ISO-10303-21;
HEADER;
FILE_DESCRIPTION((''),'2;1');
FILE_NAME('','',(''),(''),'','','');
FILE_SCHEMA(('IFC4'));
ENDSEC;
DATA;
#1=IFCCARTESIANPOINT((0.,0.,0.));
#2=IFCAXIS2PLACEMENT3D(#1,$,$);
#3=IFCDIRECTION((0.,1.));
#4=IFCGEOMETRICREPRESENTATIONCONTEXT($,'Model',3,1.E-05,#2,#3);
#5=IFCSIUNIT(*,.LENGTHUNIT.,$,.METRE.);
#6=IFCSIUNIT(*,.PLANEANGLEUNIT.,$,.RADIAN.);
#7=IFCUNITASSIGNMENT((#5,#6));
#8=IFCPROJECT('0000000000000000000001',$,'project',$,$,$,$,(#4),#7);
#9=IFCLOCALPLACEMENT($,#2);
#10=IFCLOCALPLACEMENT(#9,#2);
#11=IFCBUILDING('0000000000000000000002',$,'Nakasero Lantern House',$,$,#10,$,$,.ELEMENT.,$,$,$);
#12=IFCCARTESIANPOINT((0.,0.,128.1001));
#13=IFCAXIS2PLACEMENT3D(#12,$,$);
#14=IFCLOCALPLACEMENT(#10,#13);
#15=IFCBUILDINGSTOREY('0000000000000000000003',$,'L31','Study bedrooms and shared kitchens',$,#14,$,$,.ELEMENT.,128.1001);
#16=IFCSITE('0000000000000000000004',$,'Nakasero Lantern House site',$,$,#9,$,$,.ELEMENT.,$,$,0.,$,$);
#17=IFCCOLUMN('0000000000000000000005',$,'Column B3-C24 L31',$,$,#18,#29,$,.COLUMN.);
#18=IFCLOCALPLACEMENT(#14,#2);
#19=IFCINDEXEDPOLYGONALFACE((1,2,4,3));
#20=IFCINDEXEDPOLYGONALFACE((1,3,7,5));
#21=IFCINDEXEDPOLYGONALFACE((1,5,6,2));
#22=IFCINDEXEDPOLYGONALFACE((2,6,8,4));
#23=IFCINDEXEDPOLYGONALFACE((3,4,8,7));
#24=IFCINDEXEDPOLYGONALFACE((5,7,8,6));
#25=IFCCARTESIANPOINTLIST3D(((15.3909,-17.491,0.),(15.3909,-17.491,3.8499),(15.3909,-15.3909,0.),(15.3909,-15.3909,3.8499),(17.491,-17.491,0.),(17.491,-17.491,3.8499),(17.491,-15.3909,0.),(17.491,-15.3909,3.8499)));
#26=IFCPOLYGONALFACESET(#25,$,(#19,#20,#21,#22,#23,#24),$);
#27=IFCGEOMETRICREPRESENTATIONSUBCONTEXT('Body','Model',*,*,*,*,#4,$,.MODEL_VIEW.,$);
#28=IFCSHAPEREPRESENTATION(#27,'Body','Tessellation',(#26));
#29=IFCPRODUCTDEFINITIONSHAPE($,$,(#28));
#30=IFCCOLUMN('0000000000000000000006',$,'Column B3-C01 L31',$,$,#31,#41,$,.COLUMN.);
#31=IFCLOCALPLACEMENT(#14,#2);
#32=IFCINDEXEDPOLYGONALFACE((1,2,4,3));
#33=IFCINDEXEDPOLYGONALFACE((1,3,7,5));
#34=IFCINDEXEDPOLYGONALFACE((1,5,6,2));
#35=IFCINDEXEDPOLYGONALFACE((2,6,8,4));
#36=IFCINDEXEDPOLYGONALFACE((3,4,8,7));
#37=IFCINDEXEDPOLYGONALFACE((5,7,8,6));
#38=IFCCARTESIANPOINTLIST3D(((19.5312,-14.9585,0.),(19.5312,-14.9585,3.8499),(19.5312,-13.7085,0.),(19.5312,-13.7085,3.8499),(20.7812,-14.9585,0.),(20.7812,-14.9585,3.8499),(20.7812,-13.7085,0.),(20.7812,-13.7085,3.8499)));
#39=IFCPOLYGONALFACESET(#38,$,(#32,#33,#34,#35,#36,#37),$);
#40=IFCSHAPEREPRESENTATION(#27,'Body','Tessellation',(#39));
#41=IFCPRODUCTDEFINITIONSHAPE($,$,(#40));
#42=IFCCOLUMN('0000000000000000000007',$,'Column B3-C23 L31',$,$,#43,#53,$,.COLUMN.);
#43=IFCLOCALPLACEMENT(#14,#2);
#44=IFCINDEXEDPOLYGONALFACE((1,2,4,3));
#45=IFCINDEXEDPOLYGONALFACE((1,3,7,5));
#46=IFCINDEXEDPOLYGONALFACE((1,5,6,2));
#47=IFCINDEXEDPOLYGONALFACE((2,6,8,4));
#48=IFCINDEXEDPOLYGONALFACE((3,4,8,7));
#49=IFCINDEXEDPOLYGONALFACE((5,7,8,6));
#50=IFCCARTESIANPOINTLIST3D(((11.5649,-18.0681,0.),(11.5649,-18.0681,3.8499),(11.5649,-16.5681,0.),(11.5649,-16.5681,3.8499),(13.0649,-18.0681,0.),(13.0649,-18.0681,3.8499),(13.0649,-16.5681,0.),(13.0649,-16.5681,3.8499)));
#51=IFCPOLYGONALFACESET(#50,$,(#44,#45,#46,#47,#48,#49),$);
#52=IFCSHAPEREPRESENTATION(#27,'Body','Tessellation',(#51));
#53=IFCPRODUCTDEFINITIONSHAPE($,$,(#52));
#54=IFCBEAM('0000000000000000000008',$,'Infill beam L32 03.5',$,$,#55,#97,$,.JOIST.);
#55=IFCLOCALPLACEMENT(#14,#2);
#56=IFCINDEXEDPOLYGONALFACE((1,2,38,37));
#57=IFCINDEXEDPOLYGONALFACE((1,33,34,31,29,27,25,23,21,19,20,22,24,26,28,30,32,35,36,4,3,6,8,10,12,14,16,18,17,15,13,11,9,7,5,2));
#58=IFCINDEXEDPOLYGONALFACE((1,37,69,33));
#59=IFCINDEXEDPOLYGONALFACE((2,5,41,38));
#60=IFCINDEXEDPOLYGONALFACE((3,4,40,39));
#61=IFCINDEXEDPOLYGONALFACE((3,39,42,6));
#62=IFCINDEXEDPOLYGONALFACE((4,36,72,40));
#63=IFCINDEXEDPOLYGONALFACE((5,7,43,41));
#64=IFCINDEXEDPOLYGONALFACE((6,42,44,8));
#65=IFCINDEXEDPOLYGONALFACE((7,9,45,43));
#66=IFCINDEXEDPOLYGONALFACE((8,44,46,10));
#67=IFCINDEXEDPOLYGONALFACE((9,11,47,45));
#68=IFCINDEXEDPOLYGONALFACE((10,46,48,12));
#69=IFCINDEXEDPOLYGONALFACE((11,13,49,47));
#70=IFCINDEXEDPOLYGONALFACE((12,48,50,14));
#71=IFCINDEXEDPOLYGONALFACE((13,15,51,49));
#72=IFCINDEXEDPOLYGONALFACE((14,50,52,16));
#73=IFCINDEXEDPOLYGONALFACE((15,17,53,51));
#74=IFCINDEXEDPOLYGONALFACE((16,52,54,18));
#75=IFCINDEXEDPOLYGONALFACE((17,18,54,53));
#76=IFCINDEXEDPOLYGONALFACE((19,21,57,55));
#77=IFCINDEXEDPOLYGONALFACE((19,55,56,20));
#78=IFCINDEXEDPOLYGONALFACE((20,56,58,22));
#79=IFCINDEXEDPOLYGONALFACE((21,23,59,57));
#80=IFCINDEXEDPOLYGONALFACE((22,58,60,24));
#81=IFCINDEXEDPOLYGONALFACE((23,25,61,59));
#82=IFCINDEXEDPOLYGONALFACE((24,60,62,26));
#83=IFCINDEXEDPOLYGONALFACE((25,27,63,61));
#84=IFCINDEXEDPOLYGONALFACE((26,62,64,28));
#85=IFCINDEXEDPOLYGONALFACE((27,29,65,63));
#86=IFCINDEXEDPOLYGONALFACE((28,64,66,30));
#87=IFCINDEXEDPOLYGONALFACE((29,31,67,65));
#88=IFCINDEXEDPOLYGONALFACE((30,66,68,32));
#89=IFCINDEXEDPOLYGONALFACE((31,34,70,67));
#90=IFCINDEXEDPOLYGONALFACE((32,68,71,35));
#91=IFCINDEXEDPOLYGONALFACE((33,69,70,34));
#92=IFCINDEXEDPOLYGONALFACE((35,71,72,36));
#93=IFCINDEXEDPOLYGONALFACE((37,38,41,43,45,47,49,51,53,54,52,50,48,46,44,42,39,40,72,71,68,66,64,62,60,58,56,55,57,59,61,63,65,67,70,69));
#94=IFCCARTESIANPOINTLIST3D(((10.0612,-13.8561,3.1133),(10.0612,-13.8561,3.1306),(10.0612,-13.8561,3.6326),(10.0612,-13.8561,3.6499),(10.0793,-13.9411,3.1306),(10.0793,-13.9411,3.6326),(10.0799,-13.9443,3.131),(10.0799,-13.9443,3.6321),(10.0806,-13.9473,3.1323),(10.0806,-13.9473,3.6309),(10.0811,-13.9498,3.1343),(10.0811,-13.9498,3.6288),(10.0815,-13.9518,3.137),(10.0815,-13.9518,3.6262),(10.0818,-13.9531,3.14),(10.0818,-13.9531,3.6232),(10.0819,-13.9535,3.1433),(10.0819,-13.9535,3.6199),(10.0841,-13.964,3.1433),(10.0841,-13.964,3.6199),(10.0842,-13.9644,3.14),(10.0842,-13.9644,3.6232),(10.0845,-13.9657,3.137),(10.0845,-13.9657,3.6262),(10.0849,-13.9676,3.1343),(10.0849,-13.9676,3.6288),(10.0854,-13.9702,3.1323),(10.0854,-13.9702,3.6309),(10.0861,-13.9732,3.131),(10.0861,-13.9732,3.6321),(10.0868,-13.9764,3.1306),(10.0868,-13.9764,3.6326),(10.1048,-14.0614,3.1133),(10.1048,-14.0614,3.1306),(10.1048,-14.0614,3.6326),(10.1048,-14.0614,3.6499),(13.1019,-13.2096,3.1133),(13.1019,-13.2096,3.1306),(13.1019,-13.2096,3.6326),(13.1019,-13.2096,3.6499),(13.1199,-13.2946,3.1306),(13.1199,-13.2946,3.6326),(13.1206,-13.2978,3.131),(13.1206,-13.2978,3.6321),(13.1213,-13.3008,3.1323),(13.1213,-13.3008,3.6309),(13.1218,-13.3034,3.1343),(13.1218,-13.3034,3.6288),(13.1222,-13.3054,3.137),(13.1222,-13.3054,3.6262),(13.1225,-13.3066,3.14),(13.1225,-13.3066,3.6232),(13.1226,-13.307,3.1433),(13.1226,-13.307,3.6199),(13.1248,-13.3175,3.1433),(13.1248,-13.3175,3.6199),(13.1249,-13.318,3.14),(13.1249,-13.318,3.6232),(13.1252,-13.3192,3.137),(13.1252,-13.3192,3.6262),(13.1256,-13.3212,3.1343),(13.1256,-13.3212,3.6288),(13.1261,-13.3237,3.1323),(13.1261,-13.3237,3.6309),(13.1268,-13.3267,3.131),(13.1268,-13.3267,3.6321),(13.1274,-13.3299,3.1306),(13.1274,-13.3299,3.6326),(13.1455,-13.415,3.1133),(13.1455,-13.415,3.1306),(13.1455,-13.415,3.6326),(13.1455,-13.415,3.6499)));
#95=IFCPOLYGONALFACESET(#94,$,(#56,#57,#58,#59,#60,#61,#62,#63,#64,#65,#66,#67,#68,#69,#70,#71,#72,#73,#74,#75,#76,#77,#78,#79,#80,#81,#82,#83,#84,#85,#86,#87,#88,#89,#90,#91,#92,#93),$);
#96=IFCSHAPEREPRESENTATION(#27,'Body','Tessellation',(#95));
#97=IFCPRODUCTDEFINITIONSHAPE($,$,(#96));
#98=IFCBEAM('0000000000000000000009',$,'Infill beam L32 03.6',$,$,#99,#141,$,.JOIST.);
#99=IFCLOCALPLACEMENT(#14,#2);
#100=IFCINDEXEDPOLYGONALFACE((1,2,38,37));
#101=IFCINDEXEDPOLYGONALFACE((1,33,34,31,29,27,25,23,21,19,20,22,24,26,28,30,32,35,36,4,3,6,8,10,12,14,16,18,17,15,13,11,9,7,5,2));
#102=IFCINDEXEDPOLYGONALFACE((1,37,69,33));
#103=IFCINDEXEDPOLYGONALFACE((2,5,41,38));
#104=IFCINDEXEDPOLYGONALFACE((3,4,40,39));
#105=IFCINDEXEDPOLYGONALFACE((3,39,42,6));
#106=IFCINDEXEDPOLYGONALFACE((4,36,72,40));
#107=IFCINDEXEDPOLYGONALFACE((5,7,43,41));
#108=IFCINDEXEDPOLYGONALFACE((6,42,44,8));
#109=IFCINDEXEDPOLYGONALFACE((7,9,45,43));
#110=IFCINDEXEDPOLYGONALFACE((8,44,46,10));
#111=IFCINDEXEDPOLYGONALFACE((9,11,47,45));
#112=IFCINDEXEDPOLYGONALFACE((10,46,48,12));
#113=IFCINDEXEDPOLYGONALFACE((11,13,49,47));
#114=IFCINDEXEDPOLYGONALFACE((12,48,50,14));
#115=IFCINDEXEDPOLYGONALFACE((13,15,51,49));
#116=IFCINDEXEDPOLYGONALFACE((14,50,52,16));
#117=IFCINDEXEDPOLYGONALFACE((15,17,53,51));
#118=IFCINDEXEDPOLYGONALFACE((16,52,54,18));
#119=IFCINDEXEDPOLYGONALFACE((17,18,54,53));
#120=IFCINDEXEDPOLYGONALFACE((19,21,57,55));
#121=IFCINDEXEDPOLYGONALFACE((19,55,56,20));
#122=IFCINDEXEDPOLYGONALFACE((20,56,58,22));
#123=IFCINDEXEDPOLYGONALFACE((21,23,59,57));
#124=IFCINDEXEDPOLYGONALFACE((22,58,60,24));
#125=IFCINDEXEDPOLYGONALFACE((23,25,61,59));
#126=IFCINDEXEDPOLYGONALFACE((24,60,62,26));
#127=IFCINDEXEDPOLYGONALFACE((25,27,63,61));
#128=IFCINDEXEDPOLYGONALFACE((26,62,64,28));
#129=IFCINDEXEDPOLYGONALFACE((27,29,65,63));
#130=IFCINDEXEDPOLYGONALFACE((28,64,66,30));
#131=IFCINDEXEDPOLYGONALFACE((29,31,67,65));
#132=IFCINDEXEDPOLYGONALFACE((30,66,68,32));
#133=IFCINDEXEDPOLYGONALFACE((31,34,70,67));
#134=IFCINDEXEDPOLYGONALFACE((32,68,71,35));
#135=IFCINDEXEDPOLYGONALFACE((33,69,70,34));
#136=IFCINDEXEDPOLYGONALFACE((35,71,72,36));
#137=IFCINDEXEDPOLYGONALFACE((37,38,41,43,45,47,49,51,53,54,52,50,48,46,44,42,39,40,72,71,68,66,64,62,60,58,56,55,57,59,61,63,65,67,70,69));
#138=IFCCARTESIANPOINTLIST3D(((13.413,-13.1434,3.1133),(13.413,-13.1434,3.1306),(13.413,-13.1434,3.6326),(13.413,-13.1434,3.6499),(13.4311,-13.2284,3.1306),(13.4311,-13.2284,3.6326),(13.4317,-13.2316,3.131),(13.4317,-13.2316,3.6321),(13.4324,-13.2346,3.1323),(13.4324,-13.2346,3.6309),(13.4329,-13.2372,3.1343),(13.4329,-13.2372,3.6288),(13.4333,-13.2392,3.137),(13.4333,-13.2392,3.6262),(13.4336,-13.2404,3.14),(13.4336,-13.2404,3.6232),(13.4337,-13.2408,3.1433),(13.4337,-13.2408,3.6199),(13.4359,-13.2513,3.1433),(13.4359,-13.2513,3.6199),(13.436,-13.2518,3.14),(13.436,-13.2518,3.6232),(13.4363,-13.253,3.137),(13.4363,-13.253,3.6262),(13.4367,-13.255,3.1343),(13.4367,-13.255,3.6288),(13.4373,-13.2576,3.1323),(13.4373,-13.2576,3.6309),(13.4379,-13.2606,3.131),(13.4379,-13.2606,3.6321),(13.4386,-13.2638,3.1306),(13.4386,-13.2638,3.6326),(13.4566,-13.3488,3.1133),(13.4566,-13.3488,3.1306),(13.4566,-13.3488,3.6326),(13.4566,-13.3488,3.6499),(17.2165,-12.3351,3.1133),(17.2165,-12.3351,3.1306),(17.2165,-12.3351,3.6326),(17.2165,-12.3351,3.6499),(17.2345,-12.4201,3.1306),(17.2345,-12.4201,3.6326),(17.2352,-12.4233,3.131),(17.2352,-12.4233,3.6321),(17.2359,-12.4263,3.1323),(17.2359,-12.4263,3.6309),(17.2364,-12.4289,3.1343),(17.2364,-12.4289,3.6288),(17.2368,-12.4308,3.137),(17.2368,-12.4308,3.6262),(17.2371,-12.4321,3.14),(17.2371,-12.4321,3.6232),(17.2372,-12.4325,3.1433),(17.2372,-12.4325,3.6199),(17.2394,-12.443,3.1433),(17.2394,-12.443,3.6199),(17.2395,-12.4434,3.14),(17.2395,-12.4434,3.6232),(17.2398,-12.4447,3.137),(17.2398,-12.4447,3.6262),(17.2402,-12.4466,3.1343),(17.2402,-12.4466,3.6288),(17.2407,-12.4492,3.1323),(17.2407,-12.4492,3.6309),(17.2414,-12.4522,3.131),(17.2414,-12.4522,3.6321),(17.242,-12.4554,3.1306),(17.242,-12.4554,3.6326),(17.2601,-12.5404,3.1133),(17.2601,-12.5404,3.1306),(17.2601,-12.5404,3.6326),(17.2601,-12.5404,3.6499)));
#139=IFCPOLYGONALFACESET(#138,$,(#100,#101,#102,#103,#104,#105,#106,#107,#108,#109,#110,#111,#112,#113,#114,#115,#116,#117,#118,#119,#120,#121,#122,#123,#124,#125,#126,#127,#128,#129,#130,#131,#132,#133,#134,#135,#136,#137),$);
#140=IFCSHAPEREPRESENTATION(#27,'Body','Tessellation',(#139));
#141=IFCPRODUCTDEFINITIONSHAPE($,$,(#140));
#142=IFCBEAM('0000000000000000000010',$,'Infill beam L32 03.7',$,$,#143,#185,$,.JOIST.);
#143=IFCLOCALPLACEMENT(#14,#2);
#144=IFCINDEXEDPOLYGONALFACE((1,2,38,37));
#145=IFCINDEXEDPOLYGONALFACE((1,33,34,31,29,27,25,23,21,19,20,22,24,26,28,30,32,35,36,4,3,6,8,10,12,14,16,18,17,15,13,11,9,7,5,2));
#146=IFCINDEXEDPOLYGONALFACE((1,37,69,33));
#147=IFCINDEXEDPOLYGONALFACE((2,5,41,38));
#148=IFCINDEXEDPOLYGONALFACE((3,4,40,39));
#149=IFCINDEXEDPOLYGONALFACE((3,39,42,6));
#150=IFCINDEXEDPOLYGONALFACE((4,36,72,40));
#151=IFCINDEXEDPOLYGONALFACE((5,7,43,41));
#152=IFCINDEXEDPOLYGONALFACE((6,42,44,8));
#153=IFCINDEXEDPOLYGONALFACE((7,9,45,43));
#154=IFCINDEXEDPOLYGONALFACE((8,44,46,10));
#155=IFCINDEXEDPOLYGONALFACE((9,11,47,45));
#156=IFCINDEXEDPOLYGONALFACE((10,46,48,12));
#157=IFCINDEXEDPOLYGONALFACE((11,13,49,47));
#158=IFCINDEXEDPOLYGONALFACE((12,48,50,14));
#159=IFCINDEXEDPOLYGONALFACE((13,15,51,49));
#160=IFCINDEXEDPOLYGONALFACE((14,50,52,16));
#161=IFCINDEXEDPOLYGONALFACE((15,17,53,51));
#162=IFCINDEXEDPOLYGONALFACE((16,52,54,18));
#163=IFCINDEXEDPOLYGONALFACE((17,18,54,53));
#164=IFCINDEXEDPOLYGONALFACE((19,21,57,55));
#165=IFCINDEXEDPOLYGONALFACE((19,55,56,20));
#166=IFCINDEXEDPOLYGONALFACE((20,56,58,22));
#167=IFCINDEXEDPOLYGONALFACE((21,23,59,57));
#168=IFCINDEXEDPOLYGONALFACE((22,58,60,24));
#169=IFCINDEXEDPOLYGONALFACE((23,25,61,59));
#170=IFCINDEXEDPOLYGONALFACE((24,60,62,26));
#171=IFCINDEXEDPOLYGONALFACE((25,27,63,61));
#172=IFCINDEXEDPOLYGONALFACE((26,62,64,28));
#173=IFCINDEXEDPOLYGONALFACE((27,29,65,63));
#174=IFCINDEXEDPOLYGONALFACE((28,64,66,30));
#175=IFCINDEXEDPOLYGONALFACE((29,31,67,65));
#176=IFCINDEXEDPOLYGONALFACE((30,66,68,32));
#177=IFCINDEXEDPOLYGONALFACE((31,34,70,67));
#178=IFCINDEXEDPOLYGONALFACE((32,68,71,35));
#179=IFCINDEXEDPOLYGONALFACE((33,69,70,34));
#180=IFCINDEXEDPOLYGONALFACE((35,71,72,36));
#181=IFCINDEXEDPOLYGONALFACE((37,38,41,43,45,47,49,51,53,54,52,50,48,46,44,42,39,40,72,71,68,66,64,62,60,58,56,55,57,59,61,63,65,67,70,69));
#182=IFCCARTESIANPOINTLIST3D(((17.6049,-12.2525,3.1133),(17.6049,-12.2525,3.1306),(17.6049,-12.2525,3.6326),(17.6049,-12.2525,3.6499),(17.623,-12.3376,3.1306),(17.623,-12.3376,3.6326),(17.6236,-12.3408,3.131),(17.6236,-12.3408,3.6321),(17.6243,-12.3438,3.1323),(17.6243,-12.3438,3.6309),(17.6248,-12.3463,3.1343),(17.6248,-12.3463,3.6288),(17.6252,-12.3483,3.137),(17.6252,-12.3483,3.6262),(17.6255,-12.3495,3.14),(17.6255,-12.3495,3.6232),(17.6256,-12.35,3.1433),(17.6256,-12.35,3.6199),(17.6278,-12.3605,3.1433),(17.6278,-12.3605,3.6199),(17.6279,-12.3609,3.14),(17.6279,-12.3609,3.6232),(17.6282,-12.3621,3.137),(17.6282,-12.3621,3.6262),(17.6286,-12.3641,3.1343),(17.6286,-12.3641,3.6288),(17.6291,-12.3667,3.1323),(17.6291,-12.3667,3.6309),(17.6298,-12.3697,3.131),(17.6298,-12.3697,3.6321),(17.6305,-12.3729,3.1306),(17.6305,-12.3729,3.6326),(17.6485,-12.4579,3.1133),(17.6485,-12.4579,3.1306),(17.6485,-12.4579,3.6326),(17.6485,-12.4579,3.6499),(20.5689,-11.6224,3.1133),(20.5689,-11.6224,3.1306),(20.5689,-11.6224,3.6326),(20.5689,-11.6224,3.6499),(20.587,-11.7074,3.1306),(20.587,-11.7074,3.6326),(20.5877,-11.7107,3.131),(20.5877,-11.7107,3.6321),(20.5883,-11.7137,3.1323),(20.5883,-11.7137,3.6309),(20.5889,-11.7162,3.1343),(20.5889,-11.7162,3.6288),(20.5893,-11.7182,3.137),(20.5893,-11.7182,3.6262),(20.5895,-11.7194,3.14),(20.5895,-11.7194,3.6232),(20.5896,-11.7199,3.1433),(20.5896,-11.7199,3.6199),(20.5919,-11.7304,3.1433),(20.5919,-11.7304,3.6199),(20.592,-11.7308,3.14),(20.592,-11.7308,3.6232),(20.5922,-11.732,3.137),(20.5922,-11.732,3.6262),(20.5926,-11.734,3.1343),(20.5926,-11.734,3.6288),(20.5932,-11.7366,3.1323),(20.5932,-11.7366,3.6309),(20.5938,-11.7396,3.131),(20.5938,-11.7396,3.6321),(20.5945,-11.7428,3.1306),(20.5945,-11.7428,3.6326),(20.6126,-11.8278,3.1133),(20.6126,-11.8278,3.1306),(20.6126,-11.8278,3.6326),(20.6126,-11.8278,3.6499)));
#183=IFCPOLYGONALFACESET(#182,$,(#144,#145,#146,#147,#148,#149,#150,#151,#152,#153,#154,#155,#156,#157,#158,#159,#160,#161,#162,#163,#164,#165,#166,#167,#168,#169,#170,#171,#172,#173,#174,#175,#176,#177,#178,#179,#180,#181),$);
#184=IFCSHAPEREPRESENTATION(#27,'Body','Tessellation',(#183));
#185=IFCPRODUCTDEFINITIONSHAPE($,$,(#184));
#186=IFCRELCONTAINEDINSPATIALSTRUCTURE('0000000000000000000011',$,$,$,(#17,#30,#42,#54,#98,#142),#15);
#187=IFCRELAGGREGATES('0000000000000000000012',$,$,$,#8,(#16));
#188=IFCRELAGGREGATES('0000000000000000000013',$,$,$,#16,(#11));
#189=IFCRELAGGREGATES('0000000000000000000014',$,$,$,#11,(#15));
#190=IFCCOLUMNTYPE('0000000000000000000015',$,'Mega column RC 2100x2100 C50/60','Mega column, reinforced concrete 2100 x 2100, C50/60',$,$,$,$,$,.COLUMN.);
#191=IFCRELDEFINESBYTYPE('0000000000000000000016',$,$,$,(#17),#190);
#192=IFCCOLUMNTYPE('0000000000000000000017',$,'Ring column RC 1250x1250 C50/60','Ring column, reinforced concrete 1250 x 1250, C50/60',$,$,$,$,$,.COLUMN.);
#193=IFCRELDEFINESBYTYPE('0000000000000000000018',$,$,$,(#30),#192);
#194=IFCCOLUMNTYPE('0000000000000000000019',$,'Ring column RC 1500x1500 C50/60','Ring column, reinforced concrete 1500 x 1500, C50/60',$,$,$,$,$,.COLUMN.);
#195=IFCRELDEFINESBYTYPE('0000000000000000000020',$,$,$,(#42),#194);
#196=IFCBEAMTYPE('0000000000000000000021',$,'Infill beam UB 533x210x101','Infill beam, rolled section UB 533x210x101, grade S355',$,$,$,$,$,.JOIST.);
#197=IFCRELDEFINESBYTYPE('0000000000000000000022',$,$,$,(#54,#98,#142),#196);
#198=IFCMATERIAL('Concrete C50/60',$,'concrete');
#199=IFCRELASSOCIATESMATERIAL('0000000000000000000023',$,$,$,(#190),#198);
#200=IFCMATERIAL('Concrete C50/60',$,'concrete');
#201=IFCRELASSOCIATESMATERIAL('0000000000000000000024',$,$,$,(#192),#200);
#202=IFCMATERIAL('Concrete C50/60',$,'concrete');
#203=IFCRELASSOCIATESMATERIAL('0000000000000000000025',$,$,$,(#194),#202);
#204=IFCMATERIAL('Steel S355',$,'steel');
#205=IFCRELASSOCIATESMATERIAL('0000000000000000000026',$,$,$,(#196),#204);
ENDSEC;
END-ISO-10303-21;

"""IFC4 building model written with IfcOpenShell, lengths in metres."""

from ifc_helpers import new_model, si_unit, direction, frame, origin, origin_2d, place, context, subcontext, project, spatial, rectangle, i_section, extrude, material, material_profile, profile_set, type_object, element, save


model = new_model("IFC4")

# Units and contexts
model_context = context("Model", 3, precision=1e-05, world=origin(), true_north=direction((0.0, 1.0)))
body_context = subcontext(model_context, "Body", "Model", "MODEL_VIEW")
ifc_project = project(units=[si_unit("LENGTHUNIT", "METRE"), si_unit("PLANEANGLEUNIT", "RADIAN")], contexts=[model_context])

# Site, building, storey
site_placement = place(None, origin())
site = spatial("IfcSite", under=ifc_project, at=site_placement, Name="Nakasero Lantern House site", CompositionType="ELEMENT", RefElevation=0.0)
building_placement = place(site_placement, origin())
building = spatial("IfcBuilding", under=site, at=building_placement, Name="Nakasero Lantern House", CompositionType="ELEMENT")
storey_placement = place(building_placement, frame((0.0, 0.0, 128.1001)))
storey = spatial("IfcBuildingStorey", under=building, at=storey_placement, Name="L31", Description="Study bedrooms and shared kitchens", CompositionType="ELEMENT", Elevation=128.1001)

# Columns
ifc_material_1 = material(Name="Concrete C50/60", Category="concrete")
ifc_material_profile_1 = material_profile(ifc_material_1, rectangle(XDim=2.1001, YDim=2.1001, at=origin_2d()), Name="RC 2100x2100")
ifc_profile_set_1 = profile_set([ifc_material_profile_1], Name="Concrete C50/60")
column_type_1 = type_object("IfcColumnType", Name="Mega column RC 2100x2100 C50/60", Description="Mega column, reinforced concrete 2100 x 2100, C50/60", PredefinedType="COLUMN", material=ifc_profile_set_1)
column_1_placement = place(storey_placement, frame((16.4409, -16.4409, 0.0), z_axis=(0.0, 0.0, 1.0), x_axis=(1.0, 0.0, 0.0)))
element("IfcColumn", 1, at=column_1_placement, inside=storey, type_object=column_type_1, Name="Column B3-C24 L31", PredefinedType="COLUMN", context=body_context, shape_type="SweptSolid", body=[
    extrude(rectangle(XDim=2.1001, YDim=2.1001, at=origin_2d()), origin(), (0.0, 0.0, 1.0), 3.8499),
])
ifc_material_2 = material(Name="Concrete C50/60", Category="concrete")
ifc_material_profile_2 = material_profile(ifc_material_2, rectangle(XDim=1.25, YDim=1.25, at=origin_2d()), Name="RC 1250x1250")
ifc_profile_set_2 = profile_set([ifc_material_profile_2], Name="Concrete C50/60")
column_type_2 = type_object("IfcColumnType", Name="Ring column RC 1250x1250 C50/60", Description="Ring column, reinforced concrete 1250 x 1250, C50/60", PredefinedType="COLUMN", material=ifc_profile_set_2)
column_2_placement = place(storey_placement, frame((20.1562, -14.3335, 0.0), z_axis=(0.0, 0.0, 1.0), x_axis=(1.0, 0.0, 0.0)))
element("IfcColumn", 2, at=column_2_placement, inside=storey, type_object=column_type_2, Name="Column B3-C01 L31", PredefinedType="COLUMN", context=body_context, shape_type="SweptSolid", body=[
    extrude(rectangle(XDim=1.25, YDim=1.25, at=origin_2d()), origin(), (0.0, 0.0, 1.0), 3.8499),
])
ifc_material_3 = material(Name="Concrete C50/60", Category="concrete")
ifc_material_profile_3 = material_profile(ifc_material_3, rectangle(XDim=1.5, YDim=1.5, at=origin_2d()), Name="RC 1500x1500")
ifc_profile_set_3 = profile_set([ifc_material_profile_3], Name="Concrete C50/60")
column_type_3 = type_object("IfcColumnType", Name="Ring column RC 1500x1500 C50/60", Description="Ring column, reinforced concrete 1500 x 1500, C50/60", PredefinedType="COLUMN", material=ifc_profile_set_3)
column_3_placement = place(storey_placement, frame((12.3149, -17.3181, 0.0), z_axis=(0.0, 0.0, 1.0), x_axis=(1.0, 0.0, 0.0)))
element("IfcColumn", 3, at=column_3_placement, inside=storey, type_object=column_type_3, Name="Column B3-C23 L31", PredefinedType="COLUMN", context=body_context, shape_type="SweptSolid", body=[
    extrude(rectangle(XDim=1.5, YDim=1.5, at=origin_2d()), origin(), (0.0, 0.0, 1.0), 3.8499),
])

# Beams
ifc_material_4 = material(Name="Steel S355", Category="steel")
ifc_material_profile_4 = material_profile(ifc_material_4, i_section(OverallWidth=0.21, OverallDepth=0.5366, WebThickness=0.0107, FlangeThickness=0.0173, FilletRadius=0.0127, at=origin_2d()), Name="UB 533x210x101")
ifc_profile_set_4 = profile_set([ifc_material_profile_4], Name="Steel S355")
beam_type_1 = type_object("IfcBeamType", Name="Infill beam UB 533x210x101", Description="Infill beam, rolled section UB 533x210x101, grade S355", PredefinedType="JOIST", material=ifc_profile_set_4)
beam_1_placement = place(storey_placement, frame((10.083, -13.9587, 3.3816), z_axis=(0.978138, 0.207957, 0.0), x_axis=(-0.207957, 0.978138, 0.0)))
element("IfcBeam", 4, at=beam_1_placement, inside=storey, type_object=beam_type_1, Name="Infill beam L32 03.5", PredefinedType="JOIST", context=body_context, shape_type="SweptSolid", body=[
    extrude(i_section(OverallWidth=0.21, OverallDepth=0.5366, WebThickness=0.0107, FlangeThickness=0.0173, FilletRadius=0.0127, at=origin_2d()), origin(), (0.0, 0.0, 1.0), 3.1086),
])
beam_2_placement = place(storey_placement, frame((13.4348, -13.2461, 3.3816), z_axis=(0.978153, 0.207887, 0.0), x_axis=(-0.207887, 0.978153, 0.0)))
element("IfcBeam", 5, at=beam_2_placement, inside=storey, type_object=beam_type_1, Name="Infill beam L32 03.6", PredefinedType="JOIST", context=body_context, shape_type="SweptSolid", body=[
    extrude(i_section(OverallWidth=0.21, OverallDepth=0.5366, WebThickness=0.0107, FlangeThickness=0.0173, FilletRadius=0.0127, at=origin_2d()), origin(), (0.0, 0.0, 1.0), 3.8884),
])
beam_3_placement = place(storey_placement, frame((17.6267, -12.3552, 3.3816), z_axis=(0.978142, 0.207939, 0.0), x_axis=(-0.207939, 0.978142, 0.0)))
element("IfcBeam", 6, at=beam_3_placement, inside=storey, type_object=beam_type_1, Name="Infill beam L32 03.7", PredefinedType="JOIST", context=body_context, shape_type="SweptSolid", body=[
    extrude(i_section(OverallWidth=0.21, OverallDepth=0.5366, WebThickness=0.0107, FlangeThickness=0.0173, FilletRadius=0.0127, at=origin_2d()), origin(), (0.0, 0.0, 1.0), 3.0303),
])

save(model, "model.ifc")
